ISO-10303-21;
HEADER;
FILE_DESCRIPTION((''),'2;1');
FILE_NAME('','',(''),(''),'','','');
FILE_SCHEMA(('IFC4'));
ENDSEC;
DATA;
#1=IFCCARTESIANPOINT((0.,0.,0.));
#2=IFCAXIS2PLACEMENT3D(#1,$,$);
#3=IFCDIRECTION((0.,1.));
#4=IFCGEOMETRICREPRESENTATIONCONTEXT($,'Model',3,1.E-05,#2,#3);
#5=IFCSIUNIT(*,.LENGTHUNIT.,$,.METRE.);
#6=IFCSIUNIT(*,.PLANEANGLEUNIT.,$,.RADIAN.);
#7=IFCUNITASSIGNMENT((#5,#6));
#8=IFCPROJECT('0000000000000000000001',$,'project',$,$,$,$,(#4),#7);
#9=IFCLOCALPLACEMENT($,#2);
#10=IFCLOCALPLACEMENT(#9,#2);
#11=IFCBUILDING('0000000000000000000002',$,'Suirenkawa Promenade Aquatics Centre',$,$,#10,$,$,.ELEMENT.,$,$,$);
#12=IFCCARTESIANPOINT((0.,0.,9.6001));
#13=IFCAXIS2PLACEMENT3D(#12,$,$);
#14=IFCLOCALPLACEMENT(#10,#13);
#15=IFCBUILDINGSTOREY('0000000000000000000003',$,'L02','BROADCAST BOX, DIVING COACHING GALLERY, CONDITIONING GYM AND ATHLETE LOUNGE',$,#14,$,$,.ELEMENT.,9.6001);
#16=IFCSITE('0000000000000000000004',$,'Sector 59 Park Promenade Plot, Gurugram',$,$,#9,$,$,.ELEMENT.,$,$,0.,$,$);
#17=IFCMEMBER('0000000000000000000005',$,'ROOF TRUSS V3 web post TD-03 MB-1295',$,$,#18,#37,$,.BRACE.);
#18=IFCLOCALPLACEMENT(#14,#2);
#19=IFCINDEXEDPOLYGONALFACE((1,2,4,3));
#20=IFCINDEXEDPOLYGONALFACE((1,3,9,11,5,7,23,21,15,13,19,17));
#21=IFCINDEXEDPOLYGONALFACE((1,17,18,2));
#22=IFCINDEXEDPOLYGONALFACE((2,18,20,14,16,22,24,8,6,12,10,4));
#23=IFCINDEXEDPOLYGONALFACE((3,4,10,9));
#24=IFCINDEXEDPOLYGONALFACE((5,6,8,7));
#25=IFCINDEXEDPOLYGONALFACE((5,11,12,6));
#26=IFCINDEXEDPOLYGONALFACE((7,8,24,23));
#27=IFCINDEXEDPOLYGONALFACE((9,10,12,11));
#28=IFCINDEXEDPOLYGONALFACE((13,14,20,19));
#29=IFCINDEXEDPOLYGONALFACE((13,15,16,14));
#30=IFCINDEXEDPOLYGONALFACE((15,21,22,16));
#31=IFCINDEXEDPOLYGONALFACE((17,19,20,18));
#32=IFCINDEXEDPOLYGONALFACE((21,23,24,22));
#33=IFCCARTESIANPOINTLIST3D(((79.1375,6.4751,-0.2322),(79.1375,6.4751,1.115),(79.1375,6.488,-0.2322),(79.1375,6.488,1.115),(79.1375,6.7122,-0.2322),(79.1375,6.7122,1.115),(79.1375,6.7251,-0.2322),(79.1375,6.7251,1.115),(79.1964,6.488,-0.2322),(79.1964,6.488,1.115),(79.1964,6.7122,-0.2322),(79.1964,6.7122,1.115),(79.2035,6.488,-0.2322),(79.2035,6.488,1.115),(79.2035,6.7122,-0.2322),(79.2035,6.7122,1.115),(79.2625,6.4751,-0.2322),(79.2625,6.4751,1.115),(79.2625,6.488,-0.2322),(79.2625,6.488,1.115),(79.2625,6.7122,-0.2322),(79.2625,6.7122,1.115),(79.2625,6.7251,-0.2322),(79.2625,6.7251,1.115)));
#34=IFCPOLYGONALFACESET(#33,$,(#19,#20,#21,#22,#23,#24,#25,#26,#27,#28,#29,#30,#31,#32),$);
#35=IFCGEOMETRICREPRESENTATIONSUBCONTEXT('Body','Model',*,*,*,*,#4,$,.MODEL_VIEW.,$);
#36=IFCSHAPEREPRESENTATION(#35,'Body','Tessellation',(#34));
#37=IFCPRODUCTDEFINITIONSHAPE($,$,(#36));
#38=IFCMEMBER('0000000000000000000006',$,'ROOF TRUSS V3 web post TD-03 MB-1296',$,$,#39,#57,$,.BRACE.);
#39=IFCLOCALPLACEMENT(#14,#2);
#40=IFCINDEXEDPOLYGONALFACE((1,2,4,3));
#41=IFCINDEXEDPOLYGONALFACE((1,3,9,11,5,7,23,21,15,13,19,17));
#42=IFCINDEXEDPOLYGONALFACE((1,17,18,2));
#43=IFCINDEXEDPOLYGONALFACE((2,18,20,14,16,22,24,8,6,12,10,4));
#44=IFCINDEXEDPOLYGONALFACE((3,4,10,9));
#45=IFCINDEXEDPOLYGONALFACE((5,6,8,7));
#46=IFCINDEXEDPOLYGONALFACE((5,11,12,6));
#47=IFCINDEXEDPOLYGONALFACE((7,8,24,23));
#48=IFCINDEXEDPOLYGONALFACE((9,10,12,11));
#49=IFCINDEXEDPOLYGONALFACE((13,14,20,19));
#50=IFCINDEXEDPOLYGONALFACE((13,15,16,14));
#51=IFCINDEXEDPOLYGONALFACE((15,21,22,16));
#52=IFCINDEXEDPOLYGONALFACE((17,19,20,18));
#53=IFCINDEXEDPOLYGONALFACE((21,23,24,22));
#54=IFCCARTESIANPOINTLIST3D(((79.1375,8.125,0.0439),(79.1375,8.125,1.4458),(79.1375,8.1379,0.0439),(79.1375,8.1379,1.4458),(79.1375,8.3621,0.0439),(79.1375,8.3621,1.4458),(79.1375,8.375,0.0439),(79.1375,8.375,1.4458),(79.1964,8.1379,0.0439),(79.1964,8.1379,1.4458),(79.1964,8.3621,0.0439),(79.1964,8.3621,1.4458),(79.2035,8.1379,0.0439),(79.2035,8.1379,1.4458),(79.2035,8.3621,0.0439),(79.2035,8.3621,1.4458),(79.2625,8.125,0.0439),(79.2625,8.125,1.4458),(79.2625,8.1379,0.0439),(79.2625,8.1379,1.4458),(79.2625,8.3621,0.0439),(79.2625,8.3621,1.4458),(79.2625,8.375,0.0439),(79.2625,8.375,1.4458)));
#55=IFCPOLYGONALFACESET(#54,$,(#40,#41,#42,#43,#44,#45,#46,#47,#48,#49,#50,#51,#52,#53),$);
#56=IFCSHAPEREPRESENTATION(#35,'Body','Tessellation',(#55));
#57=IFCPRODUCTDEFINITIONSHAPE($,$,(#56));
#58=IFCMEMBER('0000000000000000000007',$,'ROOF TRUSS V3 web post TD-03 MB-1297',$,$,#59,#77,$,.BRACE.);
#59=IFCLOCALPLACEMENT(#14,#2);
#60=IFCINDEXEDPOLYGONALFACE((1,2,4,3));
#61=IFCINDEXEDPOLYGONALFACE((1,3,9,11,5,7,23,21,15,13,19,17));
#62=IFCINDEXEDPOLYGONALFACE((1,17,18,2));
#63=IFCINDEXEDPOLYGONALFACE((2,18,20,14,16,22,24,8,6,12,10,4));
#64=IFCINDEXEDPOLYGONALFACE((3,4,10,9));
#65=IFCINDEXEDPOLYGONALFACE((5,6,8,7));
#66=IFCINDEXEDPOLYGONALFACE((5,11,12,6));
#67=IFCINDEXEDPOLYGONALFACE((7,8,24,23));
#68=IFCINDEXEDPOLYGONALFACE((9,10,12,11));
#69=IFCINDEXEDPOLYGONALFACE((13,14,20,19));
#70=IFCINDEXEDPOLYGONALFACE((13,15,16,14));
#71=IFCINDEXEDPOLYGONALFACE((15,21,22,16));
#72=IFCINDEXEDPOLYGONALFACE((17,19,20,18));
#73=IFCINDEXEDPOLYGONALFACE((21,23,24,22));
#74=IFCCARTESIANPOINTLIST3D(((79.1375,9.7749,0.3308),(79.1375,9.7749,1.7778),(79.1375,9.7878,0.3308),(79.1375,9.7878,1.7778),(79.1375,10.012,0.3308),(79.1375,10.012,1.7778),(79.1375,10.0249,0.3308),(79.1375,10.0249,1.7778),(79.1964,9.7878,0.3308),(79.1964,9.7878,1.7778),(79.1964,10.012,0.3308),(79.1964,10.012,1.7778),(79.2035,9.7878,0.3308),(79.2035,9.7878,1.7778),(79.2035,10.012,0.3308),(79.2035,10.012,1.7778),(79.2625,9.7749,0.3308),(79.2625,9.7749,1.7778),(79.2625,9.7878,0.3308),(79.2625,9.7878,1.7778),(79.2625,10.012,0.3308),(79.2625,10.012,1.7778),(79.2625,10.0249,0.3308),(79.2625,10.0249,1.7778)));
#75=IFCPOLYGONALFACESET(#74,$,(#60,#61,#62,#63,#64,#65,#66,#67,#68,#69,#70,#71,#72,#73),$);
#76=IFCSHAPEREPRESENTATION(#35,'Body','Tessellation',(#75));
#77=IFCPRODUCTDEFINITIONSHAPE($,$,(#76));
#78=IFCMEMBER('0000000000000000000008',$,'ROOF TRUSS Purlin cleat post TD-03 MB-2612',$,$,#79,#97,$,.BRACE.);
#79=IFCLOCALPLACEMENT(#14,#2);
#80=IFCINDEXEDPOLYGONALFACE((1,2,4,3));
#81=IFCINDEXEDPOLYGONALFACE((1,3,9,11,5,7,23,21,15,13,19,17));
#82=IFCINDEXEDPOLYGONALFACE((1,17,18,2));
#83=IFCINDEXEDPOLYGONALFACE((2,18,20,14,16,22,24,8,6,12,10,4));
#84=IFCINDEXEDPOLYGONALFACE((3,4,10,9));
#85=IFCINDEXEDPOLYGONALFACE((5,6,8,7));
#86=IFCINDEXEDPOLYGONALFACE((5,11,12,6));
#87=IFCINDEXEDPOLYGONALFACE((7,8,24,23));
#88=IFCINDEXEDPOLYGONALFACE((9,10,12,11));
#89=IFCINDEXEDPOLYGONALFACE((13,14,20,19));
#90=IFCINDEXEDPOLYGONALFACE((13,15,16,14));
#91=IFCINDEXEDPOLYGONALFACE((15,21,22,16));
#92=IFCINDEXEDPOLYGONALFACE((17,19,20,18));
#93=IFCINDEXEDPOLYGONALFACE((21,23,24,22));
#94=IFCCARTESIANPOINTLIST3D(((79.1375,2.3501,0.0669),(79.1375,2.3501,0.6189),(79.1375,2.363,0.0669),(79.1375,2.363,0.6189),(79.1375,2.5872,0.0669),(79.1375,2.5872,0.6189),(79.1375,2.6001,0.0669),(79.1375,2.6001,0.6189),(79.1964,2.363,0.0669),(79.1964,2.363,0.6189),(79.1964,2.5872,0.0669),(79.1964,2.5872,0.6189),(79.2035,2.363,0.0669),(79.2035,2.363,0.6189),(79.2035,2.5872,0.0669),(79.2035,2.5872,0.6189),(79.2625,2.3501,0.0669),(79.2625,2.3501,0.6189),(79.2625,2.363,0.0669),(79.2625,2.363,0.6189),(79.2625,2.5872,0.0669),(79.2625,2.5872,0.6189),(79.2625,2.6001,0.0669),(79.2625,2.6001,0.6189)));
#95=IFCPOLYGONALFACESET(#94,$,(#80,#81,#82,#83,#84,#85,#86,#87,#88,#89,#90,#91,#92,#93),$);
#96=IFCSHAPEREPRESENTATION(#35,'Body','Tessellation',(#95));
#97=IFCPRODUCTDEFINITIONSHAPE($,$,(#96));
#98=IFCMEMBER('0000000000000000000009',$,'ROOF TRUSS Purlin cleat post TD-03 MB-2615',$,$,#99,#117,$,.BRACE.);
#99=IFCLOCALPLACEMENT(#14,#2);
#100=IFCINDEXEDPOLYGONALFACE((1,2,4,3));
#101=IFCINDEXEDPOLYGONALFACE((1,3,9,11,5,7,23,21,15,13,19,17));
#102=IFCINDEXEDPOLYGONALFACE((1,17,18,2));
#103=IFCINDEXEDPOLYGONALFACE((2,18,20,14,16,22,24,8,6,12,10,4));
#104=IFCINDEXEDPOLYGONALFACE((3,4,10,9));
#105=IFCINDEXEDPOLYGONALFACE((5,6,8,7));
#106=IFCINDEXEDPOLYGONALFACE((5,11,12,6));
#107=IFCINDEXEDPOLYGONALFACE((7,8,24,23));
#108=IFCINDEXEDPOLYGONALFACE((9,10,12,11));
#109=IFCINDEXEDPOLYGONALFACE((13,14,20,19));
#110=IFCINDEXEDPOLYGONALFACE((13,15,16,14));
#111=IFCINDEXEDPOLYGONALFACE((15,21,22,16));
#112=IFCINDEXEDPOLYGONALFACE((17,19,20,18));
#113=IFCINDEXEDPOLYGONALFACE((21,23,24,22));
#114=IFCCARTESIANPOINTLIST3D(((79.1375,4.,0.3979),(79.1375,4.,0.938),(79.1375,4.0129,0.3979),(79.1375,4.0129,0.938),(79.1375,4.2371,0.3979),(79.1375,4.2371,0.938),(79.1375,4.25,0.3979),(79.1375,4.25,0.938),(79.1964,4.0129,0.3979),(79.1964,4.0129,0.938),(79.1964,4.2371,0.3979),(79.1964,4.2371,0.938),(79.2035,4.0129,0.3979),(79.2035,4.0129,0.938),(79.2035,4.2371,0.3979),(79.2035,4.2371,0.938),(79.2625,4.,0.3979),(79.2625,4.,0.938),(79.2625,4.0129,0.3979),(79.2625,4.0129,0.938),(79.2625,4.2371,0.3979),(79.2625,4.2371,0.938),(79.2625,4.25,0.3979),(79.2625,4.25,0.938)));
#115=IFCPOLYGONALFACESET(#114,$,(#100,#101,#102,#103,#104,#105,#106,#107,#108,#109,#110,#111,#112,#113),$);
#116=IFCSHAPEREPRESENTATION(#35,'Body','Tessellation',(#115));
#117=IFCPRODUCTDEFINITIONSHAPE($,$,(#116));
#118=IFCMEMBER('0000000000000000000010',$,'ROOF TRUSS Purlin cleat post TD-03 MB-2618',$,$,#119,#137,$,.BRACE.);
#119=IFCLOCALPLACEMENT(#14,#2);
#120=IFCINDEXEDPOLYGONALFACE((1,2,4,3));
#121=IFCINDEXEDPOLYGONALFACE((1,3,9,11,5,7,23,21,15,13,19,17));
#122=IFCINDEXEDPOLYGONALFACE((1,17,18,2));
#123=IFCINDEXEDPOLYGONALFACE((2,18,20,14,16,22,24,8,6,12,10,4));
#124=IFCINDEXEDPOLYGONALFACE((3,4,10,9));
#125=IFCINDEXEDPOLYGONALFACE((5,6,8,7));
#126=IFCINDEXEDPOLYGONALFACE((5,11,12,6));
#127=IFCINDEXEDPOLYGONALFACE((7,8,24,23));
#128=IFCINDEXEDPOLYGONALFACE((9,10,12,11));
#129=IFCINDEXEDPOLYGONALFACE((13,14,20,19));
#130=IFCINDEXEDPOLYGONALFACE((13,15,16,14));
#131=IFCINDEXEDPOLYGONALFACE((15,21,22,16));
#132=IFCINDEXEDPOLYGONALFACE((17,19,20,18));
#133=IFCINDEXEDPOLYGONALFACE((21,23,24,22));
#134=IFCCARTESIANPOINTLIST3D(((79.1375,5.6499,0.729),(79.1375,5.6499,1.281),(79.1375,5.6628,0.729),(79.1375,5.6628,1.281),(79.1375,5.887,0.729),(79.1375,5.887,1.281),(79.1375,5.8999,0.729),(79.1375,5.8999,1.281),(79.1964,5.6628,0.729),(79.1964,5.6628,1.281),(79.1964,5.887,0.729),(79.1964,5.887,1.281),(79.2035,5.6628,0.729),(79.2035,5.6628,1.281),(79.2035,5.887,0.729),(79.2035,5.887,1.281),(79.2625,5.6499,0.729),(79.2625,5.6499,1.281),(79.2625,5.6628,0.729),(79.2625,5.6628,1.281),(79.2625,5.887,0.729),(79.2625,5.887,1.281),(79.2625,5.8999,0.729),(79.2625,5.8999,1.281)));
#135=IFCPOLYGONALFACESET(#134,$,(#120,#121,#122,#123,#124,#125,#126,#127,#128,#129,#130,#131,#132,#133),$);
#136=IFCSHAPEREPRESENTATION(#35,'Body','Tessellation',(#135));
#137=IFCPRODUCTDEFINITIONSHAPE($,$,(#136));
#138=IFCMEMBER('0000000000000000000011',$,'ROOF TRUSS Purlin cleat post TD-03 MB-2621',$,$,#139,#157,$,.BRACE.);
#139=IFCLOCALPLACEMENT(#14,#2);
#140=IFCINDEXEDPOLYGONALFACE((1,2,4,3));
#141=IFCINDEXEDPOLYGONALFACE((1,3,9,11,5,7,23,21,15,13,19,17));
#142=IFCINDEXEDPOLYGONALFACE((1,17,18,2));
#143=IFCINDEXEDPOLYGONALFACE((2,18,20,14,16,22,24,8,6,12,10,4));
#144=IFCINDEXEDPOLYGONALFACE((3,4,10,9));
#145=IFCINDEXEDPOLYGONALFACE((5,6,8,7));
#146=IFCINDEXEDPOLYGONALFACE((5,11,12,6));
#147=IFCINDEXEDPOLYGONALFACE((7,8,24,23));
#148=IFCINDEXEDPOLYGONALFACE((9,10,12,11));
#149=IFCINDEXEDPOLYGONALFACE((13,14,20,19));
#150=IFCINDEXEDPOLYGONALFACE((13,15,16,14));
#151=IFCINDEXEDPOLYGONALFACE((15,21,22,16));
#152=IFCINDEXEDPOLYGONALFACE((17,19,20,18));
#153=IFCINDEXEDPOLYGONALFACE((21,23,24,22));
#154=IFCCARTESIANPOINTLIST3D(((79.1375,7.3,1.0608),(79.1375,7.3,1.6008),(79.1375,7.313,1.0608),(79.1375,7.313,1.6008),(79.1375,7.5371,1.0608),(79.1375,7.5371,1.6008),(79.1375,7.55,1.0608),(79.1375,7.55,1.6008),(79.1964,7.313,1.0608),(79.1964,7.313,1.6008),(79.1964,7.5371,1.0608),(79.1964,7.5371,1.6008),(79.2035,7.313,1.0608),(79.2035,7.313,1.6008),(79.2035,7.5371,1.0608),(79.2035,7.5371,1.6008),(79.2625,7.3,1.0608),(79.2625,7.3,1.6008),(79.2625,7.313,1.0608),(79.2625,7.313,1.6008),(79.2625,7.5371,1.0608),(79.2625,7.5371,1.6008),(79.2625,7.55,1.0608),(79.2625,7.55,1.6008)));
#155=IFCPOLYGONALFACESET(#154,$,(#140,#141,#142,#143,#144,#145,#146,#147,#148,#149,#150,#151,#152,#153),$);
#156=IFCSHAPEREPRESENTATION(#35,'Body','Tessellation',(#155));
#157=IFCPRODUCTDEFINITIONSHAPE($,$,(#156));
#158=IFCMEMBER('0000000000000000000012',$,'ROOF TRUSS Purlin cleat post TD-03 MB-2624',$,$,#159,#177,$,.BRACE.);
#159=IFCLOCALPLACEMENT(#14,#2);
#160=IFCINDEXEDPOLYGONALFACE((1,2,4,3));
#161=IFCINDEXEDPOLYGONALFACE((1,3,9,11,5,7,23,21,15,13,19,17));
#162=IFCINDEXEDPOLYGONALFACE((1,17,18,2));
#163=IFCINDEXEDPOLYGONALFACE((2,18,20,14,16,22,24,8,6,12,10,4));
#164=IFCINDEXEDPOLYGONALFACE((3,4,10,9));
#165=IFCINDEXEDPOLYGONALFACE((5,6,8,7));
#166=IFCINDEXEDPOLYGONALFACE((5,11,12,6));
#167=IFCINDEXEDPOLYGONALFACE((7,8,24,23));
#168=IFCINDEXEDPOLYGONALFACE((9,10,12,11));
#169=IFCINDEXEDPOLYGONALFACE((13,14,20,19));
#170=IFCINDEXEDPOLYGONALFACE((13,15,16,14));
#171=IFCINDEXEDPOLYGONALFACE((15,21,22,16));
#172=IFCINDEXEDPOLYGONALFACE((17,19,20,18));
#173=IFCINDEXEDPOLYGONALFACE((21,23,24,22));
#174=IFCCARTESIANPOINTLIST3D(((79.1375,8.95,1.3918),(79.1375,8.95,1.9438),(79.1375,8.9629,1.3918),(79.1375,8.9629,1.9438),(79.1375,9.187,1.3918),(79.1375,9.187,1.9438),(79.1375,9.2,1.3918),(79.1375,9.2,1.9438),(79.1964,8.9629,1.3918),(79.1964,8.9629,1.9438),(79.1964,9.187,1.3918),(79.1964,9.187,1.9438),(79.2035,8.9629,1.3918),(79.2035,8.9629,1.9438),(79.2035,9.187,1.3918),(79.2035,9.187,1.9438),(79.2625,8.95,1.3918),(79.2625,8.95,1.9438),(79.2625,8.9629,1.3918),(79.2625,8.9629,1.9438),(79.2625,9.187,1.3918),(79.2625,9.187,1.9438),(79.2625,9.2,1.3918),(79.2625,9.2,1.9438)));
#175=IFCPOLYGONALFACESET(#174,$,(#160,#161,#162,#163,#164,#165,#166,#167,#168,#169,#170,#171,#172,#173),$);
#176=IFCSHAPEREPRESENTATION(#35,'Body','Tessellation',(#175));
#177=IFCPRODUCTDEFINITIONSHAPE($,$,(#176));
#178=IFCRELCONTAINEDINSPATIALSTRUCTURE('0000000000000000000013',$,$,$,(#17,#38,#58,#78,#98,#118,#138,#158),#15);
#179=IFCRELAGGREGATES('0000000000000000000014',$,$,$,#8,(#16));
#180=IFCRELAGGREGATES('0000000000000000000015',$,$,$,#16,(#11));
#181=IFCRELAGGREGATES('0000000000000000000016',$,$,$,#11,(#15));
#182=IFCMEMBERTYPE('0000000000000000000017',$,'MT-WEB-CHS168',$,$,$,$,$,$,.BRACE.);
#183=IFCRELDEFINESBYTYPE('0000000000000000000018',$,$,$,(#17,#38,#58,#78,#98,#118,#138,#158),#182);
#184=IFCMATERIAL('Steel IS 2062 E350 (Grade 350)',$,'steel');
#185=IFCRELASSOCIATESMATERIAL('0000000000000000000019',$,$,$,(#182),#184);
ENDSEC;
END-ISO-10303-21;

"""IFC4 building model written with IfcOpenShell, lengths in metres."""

from ifc_helpers import new_model, si_unit, direction, frame, origin, origin_2d, place, context, subcontext, project, spatial, i_section, extrude, material, material_profile, profile_set, type_object, element, save


model = new_model("IFC4")

# Units and contexts
model_context = context("Model", 3, precision=1e-05, world=origin(), true_north=direction((0.0, 1.0)))
body_context = subcontext(model_context, "Body", "Model", "MODEL_VIEW")
ifc_project = project(units=[si_unit("LENGTHUNIT", "METRE"), si_unit("PLANEANGLEUNIT", "RADIAN")], contexts=[model_context])

# Site, building, storey
site_placement = place(None, origin())
site = spatial("IfcSite", under=ifc_project, at=site_placement, Name="Sector 59 Park Promenade Plot, Gurugram", CompositionType="ELEMENT", RefElevation=0.0)
building_placement = place(site_placement, origin())
building = spatial("IfcBuilding", under=site, at=building_placement, Name="Suirenkawa Promenade Aquatics Centre", CompositionType="ELEMENT")
storey_placement = place(building_placement, frame((0.0, 0.0, 9.6001)))
storey = spatial("IfcBuildingStorey", under=building, at=storey_placement, Name="L02", Description="BROADCAST BOX, DIVING COACHING GALLERY, CONDITIONING GYM AND ATHLETE LOUNGE", CompositionType="ELEMENT", Elevation=9.6001)

# Shared definitions
ifc_material = material(Name="Steel IS 2062 E350 (Grade 350)", Category="steel")

# Members
ifc_material_profile_1 = material_profile(ifc_material, i_section(OverallWidth=0.125, OverallDepth=0.25, WebThickness=0.0071, FlangeThickness=0.0129, at=origin_2d()), Name="ISMB 250", Category="steel")
ifc_profile_set_1 = profile_set([ifc_material_profile_1], Name="Steel IS 2062 E350 (Grade 350)")
member_type_1 = type_object("IfcMemberType", Name="MT-WEB-CHS168", PredefinedType="BRACE", material=ifc_profile_set_1)
member_1_placement = place(storey_placement, frame((79.2, 6.6001, -0.2322), z_axis=(0.0, 0.0, 1.0), x_axis=(1.0, 0.0, 0.0)))
element("IfcMember", 1, at=member_1_placement, inside=storey, type_object=member_type_1, Name="ROOF TRUSS V3 web post TD-03 MB-1295", PredefinedType="BRACE", context=body_context, shape_type="SweptSolid", body=[
    extrude(i_section(OverallWidth=0.125, OverallDepth=0.25, WebThickness=0.0071, FlangeThickness=0.0129, at=origin_2d()), origin(), (0.0, 0.0, 1.0), 1.3472),
])
member_2_placement = place(storey_placement, frame((79.2, 8.25, 0.0439), z_axis=(0.0, 0.0, 1.0), x_axis=(1.0, 0.0, 0.0)))
element("IfcMember", 2, at=member_2_placement, inside=storey, type_object=member_type_1, Name="ROOF TRUSS V3 web post TD-03 MB-1296", PredefinedType="BRACE", context=body_context, shape_type="SweptSolid", body=[
    extrude(i_section(OverallWidth=0.125, OverallDepth=0.25, WebThickness=0.0071, FlangeThickness=0.0129, at=origin_2d()), origin(), (0.0, 0.0, 1.0), 1.4019),
])
member_3_placement = place(storey_placement, frame((79.2, 9.8999, 0.3308), z_axis=(0.0, 0.0, 1.0), x_axis=(1.0, 0.0, 0.0)))
element("IfcMember", 3, at=member_3_placement, inside=storey, type_object=member_type_1, Name="ROOF TRUSS V3 web post TD-03 MB-1297", PredefinedType="BRACE", context=body_context, shape_type="SweptSolid", body=[
    extrude(i_section(OverallWidth=0.125, OverallDepth=0.25, WebThickness=0.0071, FlangeThickness=0.0129, at=origin_2d()), origin(), (0.0, 0.0, 1.0), 1.447),
])
member_4_placement = place(storey_placement, frame((79.2, 2.4751, 0.0669), z_axis=(0.0, 0.0, 1.0), x_axis=(1.0, 0.0, 0.0)))
element("IfcMember", 4, at=member_4_placement, inside=storey, type_object=member_type_1, Name="ROOF TRUSS Purlin cleat post TD-03 MB-2612", PredefinedType="BRACE", context=body_context, shape_type="SweptSolid", body=[
    extrude(i_section(OverallWidth=0.125, OverallDepth=0.25, WebThickness=0.0071, FlangeThickness=0.0129, at=origin_2d()), origin(), (0.0, 0.0, 1.0), 0.552),
])
member_5_placement = place(storey_placement, frame((79.2, 4.125, 0.3979), z_axis=(0.0, 0.0, 1.0), x_axis=(1.0, 0.0, 0.0)))
element("IfcMember", 5, at=member_5_placement, inside=storey, type_object=member_type_1, Name="ROOF TRUSS Purlin cleat post TD-03 MB-2615", PredefinedType="BRACE", context=body_context, shape_type="SweptSolid", body=[
    extrude(i_section(OverallWidth=0.125, OverallDepth=0.25, WebThickness=0.0071, FlangeThickness=0.0129, at=origin_2d()), origin(), (0.0, 0.0, 1.0), 0.54),
])
member_6_placement = place(storey_placement, frame((79.2, 5.7749, 0.729), z_axis=(0.0, 0.0, 1.0), x_axis=(1.0, 0.0, 0.0)))
element("IfcMember", 6, at=member_6_placement, inside=storey, type_object=member_type_1, Name="ROOF TRUSS Purlin cleat post TD-03 MB-2618", PredefinedType="BRACE", context=body_context, shape_type="SweptSolid", body=[
    extrude(i_section(OverallWidth=0.125, OverallDepth=0.25, WebThickness=0.0071, FlangeThickness=0.0129, at=origin_2d()), origin(), (0.0, 0.0, 1.0), 0.552),
])
member_7_placement = place(storey_placement, frame((79.2, 7.425, 1.0608), z_axis=(0.0, 0.0, 1.0), x_axis=(1.0, 0.0, 0.0)))
element("IfcMember", 7, at=member_7_placement, inside=storey, type_object=member_type_1, Name="ROOF TRUSS Purlin cleat post TD-03 MB-2621", PredefinedType="BRACE", context=body_context, shape_type="SweptSolid", body=[
    extrude(i_section(OverallWidth=0.125, OverallDepth=0.25, WebThickness=0.0071, FlangeThickness=0.0129, at=origin_2d()), origin(), (0.0, 0.0, 1.0), 0.54),
])
member_8_placement = place(storey_placement, frame((79.2, 9.075, 1.3918), z_axis=(0.0, 0.0, 1.0), x_axis=(1.0, 0.0, 0.0)))
element("IfcMember", 8, at=member_8_placement, inside=storey, type_object=member_type_1, Name="ROOF TRUSS Purlin cleat post TD-03 MB-2624", PredefinedType="BRACE", context=body_context, shape_type="SweptSolid", body=[
    extrude(i_section(OverallWidth=0.125, OverallDepth=0.25, WebThickness=0.0071, FlangeThickness=0.0129, at=origin_2d()), origin(), (0.0, 0.0, 1.0), 0.552),
])

save(model, "model.ifc")
